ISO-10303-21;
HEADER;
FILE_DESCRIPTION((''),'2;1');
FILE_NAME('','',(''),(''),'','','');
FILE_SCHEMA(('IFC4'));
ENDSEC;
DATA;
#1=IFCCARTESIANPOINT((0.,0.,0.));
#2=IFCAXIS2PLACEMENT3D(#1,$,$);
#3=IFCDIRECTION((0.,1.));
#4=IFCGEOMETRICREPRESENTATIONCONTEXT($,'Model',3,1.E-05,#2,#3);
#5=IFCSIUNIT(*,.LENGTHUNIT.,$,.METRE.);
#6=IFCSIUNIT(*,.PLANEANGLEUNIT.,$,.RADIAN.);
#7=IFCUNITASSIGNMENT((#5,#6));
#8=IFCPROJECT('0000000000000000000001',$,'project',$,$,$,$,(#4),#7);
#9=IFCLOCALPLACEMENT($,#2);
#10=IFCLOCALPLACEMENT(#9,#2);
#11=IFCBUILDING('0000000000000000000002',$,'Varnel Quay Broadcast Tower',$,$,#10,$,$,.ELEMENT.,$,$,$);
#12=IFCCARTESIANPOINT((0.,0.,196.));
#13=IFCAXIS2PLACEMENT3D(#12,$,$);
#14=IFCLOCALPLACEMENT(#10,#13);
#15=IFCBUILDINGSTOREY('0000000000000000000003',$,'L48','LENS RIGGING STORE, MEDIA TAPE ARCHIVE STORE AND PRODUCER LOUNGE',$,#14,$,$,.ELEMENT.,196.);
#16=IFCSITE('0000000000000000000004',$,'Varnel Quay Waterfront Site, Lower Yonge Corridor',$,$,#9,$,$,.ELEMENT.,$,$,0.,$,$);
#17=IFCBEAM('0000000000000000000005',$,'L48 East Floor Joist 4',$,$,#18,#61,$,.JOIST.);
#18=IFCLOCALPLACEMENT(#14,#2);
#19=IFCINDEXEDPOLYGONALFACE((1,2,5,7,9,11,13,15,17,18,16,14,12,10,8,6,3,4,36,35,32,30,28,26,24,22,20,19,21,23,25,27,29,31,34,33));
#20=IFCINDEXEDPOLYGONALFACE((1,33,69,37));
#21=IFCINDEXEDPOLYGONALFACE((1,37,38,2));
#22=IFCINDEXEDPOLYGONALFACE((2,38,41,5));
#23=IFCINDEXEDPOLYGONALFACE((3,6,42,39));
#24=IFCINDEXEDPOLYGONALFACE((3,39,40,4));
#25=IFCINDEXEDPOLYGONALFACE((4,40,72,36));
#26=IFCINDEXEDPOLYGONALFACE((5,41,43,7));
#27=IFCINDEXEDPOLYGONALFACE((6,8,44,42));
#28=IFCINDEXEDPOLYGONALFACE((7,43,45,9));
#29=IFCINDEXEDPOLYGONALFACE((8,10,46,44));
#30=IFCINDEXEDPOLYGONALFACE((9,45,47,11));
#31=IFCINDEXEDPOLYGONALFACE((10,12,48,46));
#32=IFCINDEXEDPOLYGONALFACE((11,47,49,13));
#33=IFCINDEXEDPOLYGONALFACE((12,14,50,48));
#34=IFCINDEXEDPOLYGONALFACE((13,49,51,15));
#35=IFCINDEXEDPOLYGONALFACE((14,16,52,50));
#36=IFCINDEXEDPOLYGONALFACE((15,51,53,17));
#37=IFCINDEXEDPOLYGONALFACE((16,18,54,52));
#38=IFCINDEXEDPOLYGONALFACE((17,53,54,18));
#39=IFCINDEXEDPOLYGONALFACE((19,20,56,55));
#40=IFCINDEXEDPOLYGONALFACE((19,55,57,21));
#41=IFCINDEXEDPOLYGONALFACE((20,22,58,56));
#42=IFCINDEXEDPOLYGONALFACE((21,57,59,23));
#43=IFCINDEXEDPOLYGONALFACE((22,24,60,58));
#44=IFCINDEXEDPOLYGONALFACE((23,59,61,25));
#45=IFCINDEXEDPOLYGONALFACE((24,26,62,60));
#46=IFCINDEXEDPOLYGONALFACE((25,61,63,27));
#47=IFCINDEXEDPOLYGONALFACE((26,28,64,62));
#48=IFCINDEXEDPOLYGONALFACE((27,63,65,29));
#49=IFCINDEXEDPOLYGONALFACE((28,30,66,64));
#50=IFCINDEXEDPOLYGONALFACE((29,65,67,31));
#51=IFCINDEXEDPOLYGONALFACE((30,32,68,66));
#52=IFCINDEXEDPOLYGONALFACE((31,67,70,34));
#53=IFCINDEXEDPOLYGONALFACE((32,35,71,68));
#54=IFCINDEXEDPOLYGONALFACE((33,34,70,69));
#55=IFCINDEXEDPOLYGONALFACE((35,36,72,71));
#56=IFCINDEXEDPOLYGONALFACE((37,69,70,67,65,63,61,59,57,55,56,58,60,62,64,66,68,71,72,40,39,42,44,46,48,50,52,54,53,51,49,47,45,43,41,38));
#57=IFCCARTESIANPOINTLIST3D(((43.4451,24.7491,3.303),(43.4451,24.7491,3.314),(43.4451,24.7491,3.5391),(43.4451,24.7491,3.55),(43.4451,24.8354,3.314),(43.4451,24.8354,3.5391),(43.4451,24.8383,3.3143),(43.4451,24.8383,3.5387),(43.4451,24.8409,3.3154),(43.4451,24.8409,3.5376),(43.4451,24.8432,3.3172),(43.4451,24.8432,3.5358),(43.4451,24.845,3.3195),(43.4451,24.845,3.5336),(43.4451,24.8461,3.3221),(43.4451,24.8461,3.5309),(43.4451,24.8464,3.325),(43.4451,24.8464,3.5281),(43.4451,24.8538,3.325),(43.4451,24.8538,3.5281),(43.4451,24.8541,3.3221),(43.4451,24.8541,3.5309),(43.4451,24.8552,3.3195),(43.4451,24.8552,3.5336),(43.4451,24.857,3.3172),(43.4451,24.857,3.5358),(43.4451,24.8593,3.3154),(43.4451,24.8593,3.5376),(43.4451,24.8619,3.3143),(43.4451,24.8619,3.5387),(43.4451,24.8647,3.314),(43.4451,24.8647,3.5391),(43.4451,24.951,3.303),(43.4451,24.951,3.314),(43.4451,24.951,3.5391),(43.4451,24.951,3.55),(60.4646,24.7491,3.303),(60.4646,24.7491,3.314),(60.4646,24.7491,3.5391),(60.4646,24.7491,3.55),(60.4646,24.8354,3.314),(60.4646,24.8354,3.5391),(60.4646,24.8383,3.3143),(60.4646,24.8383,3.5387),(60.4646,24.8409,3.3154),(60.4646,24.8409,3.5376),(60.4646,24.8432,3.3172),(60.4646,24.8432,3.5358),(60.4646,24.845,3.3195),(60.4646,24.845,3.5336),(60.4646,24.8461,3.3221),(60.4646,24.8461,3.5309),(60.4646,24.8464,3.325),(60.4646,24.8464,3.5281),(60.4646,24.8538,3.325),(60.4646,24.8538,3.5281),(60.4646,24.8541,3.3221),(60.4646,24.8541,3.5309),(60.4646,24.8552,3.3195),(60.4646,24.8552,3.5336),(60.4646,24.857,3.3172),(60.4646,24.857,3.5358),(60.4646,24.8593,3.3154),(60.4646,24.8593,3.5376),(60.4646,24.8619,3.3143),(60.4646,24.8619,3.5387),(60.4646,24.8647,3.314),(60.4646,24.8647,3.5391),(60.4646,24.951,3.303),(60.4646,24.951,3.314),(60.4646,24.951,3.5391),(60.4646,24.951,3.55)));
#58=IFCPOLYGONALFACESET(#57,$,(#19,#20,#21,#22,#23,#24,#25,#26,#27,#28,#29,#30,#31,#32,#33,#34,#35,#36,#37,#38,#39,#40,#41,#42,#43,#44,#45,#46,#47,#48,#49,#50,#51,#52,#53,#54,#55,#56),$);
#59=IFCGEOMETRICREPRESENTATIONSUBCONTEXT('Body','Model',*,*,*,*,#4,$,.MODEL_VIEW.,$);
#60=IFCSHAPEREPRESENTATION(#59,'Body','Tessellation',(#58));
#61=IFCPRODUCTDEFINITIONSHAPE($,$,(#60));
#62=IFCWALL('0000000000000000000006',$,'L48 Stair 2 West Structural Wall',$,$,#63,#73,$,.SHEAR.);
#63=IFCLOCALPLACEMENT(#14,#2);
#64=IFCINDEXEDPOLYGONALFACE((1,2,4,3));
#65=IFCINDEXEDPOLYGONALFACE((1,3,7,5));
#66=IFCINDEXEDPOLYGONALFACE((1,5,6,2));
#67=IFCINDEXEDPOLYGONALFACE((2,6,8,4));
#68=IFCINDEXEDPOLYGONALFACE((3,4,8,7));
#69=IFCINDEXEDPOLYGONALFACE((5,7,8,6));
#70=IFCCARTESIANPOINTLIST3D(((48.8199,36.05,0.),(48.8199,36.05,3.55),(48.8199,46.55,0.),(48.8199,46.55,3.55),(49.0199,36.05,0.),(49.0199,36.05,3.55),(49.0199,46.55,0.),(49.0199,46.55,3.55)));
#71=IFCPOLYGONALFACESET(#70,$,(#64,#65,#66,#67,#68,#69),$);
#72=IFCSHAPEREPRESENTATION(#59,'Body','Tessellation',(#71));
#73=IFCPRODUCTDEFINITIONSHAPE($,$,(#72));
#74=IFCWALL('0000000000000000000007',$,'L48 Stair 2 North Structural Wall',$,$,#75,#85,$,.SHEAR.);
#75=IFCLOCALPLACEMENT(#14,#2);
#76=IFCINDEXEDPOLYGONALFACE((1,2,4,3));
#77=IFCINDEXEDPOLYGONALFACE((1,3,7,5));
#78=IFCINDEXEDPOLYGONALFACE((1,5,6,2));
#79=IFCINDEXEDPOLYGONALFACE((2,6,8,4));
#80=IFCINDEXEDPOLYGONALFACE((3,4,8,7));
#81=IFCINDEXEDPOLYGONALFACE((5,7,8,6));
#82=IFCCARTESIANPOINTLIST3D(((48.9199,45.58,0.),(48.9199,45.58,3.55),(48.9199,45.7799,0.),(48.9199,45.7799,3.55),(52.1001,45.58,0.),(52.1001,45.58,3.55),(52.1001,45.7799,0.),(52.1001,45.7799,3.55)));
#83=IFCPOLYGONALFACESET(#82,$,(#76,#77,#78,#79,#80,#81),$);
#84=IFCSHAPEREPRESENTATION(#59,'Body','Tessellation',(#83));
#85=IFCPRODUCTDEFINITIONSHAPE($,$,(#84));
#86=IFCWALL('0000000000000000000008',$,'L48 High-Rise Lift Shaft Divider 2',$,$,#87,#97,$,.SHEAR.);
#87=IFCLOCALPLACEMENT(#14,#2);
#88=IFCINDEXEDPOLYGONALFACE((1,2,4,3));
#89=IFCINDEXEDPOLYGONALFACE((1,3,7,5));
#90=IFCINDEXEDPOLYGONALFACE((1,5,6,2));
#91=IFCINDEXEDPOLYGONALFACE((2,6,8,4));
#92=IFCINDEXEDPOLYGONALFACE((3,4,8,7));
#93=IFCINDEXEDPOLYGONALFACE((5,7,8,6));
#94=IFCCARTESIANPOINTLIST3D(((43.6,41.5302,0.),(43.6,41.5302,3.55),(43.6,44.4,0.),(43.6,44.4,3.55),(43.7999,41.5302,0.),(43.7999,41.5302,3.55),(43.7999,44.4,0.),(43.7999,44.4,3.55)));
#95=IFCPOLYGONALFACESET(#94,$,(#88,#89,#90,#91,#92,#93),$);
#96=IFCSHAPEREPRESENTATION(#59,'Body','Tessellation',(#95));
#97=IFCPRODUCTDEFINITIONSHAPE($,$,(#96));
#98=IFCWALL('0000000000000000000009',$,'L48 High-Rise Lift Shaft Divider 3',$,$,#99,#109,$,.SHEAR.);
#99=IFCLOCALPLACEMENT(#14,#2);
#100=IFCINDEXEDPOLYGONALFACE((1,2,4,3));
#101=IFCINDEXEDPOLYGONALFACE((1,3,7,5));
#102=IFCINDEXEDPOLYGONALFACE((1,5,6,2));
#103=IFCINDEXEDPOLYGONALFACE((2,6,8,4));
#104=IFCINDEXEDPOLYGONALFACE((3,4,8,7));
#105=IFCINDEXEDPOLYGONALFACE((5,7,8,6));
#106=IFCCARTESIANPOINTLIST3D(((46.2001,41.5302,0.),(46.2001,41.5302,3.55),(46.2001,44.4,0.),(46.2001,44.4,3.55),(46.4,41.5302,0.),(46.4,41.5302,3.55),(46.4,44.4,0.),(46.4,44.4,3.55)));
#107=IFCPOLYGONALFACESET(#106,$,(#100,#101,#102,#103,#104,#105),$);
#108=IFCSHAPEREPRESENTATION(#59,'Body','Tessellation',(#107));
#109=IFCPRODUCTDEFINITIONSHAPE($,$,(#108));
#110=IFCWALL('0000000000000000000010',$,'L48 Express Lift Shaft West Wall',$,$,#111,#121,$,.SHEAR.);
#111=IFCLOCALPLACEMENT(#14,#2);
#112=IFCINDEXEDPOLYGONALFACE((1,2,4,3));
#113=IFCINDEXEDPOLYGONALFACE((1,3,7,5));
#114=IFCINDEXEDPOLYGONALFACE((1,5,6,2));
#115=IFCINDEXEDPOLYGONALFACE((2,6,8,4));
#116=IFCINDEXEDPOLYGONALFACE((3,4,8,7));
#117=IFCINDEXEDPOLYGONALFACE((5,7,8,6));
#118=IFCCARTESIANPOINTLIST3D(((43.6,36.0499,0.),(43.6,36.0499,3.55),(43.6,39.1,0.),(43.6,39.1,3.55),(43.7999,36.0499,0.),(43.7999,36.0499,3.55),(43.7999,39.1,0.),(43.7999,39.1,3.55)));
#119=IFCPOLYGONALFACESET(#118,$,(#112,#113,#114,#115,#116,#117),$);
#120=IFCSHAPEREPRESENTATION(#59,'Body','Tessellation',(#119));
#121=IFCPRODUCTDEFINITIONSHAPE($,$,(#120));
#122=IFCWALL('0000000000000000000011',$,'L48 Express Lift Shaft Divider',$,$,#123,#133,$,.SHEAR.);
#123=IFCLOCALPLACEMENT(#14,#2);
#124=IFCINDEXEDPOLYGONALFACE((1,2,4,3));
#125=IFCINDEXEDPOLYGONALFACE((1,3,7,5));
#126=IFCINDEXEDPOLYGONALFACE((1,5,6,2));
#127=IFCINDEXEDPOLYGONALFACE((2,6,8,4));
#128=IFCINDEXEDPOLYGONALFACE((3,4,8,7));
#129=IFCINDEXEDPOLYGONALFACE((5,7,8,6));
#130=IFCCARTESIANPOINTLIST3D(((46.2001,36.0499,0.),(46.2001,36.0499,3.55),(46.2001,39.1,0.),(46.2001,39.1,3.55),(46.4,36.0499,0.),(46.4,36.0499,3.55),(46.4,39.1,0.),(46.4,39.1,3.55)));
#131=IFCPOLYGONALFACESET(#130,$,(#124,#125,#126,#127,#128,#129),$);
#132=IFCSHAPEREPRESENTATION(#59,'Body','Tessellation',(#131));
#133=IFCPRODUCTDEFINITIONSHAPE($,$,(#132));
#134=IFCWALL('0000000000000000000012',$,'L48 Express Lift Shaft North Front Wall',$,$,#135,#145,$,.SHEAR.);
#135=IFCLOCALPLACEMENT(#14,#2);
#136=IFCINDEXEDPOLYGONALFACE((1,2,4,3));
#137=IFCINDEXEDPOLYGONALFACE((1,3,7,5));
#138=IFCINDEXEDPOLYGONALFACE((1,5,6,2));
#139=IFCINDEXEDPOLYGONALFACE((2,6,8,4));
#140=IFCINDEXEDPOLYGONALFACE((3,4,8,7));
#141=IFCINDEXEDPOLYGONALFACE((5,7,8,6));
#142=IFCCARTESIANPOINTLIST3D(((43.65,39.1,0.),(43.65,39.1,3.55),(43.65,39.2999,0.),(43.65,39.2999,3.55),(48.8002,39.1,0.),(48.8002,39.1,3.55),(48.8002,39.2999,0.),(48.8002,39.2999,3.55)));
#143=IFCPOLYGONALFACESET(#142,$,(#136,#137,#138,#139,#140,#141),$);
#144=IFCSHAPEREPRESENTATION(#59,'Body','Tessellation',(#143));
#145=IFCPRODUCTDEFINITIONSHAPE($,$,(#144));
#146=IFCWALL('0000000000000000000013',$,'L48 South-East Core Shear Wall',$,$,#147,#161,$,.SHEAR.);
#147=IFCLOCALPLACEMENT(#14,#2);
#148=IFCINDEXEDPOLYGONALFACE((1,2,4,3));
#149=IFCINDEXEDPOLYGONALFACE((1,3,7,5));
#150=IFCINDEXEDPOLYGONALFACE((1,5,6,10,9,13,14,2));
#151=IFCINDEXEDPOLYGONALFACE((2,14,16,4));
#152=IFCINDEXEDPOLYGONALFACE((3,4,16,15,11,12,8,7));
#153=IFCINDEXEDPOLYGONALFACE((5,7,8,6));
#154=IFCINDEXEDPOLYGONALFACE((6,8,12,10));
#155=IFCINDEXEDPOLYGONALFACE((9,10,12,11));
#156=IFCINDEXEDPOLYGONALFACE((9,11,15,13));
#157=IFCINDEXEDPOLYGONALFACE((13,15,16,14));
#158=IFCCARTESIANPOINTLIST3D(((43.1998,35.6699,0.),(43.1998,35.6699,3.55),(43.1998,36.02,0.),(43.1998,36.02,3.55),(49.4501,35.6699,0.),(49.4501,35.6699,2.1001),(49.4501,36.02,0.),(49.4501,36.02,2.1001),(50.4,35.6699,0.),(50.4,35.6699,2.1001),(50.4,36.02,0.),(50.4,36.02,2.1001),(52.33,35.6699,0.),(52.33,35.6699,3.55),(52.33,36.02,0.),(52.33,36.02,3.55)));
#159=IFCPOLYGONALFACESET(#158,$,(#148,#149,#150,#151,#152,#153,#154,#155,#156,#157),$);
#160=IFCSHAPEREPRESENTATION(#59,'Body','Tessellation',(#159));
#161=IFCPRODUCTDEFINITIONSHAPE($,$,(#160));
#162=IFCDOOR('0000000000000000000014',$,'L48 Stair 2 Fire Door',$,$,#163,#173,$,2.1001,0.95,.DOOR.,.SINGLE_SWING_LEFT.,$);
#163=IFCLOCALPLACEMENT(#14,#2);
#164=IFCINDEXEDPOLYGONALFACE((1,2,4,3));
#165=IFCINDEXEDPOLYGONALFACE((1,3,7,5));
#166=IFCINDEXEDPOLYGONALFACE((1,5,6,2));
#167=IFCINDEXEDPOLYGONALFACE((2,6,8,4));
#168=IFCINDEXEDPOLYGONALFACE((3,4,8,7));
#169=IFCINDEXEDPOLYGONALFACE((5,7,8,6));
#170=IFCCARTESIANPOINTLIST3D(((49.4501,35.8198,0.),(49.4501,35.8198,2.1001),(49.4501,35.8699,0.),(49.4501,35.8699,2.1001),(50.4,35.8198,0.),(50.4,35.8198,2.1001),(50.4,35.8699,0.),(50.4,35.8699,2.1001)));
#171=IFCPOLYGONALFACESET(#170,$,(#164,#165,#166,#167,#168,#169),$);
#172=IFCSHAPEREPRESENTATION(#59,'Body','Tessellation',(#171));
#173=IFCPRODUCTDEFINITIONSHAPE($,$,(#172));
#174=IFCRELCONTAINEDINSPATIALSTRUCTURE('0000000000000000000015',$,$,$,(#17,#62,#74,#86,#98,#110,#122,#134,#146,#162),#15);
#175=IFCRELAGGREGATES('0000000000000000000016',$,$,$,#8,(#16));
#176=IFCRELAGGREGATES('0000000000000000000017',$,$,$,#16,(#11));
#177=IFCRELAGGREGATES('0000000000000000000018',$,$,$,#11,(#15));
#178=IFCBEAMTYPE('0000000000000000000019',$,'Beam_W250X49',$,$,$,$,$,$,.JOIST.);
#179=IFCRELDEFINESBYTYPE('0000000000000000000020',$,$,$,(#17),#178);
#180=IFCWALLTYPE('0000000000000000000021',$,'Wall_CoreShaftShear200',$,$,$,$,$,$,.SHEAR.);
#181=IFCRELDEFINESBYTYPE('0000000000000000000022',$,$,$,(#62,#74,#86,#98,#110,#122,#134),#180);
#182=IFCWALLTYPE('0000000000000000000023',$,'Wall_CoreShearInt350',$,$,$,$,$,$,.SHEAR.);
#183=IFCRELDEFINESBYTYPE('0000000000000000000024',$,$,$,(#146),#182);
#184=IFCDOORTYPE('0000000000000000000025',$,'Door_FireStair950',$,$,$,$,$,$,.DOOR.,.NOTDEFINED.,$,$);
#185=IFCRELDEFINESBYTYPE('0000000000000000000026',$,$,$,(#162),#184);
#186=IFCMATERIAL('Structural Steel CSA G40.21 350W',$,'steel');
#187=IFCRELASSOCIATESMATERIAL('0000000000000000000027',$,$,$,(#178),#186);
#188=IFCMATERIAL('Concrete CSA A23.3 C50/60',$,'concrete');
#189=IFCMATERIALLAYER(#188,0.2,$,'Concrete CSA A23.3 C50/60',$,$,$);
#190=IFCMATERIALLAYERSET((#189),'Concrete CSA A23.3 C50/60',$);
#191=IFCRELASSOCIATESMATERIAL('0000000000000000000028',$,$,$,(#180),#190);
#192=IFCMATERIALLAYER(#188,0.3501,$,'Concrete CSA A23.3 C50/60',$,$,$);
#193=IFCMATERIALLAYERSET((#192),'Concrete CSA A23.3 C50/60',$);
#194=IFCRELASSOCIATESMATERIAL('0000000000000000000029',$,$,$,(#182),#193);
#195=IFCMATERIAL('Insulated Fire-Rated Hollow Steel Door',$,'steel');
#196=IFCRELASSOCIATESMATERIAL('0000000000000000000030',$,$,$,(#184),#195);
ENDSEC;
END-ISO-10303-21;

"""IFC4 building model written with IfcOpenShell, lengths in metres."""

from ifc_helpers import new_model, si_unit, direction, frame, frame_2d, origin, origin_2d, place, context, subcontext, project, spatial, rectangle, i_section, extrude, source, transform, mapped, material, layer, layer_set, material_profile, profile_set, type_object, type_shapes, element, fill, save


model = new_model("IFC4")

# Units and contexts
model_context = context("Model", 3, precision=1e-05, world=origin(), true_north=direction((0.0, 1.0)))
body_context = subcontext(model_context, "Body", "Model", "MODEL_VIEW")
ifc_project = project(units=[si_unit("LENGTHUNIT", "METRE"), si_unit("PLANEANGLEUNIT", "RADIAN")], contexts=[model_context])

# Site, building, storey
site_placement = place(None, origin())
site = spatial("IfcSite", under=ifc_project, at=site_placement, Name="Varnel Quay Waterfront Site, Lower Yonge Corridor", CompositionType="ELEMENT", RefElevation=0.0)
building_placement = place(site_placement, origin())
building = spatial("IfcBuilding", under=site, at=building_placement, Name="Varnel Quay Broadcast Tower", CompositionType="ELEMENT")
storey_placement = place(building_placement, frame((0.0, 0.0, 196.0)))
storey = spatial("IfcBuildingStorey", under=building, at=storey_placement, Name="L48", Description="LENS RIGGING STORE, MEDIA TAPE ARCHIVE STORE AND PRODUCER LOUNGE", CompositionType="ELEMENT", Elevation=196.0)

# Beam
ifc_material_1 = material(Name="Structural Steel CSA G40.21 350W", Category="steel")
ifc_material_profile_1 = material_profile(ifc_material_1, i_section(OverallWidth=0.2019, OverallDepth=0.2471, WebThickness=0.0073, FlangeThickness=0.011, FilletRadius=0.011, at=origin_2d()), Name="W250X49")
ifc_profile_set_1 = profile_set([ifc_material_profile_1], Name="Structural Steel CSA G40.21 350W")
beam_type_1 = type_object("IfcBeamType", Name="Beam_W250X49", PredefinedType="JOIST", material=ifc_profile_set_1)
shared_shape_1 = source(origin(), body_context, "Body", "SweptSolid", [
    extrude(i_section(OverallWidth=0.2019, OverallDepth=0.2471, WebThickness=0.0073, FlangeThickness=0.011, FilletRadius=0.011, at=origin_2d()), origin(), (0.0, 0.0, 1.0), 17.0195),
])
type_shapes(beam_type_1, [shared_shape_1])
beam_1_placement = place(storey_placement, frame((43.4451, 24.8501, 3.4265), z_axis=(1.0, 0.0, 0.0), x_axis=(0.0, 1.0, 0.0)))
element("IfcBeam", 1, at=beam_1_placement, inside=storey, type_object=beam_type_1, Name="L48 East Floor Joist 4", PredefinedType="JOIST", context=body_context, shape_type="MappedRepresentation", body=[
    mapped(shared_shape_1, transform((0.0, 0.0, 0.0), x_axis=(1.0, 0.0, 0.0), y_axis=(0.0, 1.0, 0.0), z_axis=(0.0, 0.0, 1.0), scale=1.0)),
])

# Walls
ifc_material_2 = material(Name="Concrete CSA A23.3 C50/60", Category="concrete")
ifc_layer_1 = layer(ifc_material_2, 0.2, Name="Concrete CSA A23.3 C50/60")
ifc_layer_set_1 = layer_set([ifc_layer_1], Name="Concrete CSA A23.3 C50/60")
wall_type_1 = type_object("IfcWallType", Name="Wall_CoreShaftShear200", PredefinedType="SHEAR", material=ifc_layer_set_1)
wall_1_placement = place(storey_placement, frame((48.9199, 36.05, 0.0), z_axis=(0.0, 0.0, 1.0), x_axis=(0.0, 1.0, 0.0)))
element("IfcWall", 2, at=wall_1_placement, inside=storey, type_object=wall_type_1, Name="L48 Stair 2 West Structural Wall", PredefinedType="SHEAR", context=body_context, shape_type="SweptSolid", body=[
    extrude(rectangle(XDim=10.5, YDim=0.2, at=frame_2d((5.25, 0.0))), origin(), (0.0, 0.0, 1.0), 3.55),
])
wall_2_placement = place(storey_placement, frame((48.9199, 45.6799, 0.0), z_axis=(0.0, 0.0, 1.0), x_axis=(1.0, 0.0, 0.0)))
element("IfcWall", 3, at=wall_2_placement, inside=storey, type_object=wall_type_1, Name="L48 Stair 2 North Structural Wall", PredefinedType="SHEAR", context=body_context, shape_type="SweptSolid", body=[
    extrude(rectangle(XDim=3.1802, YDim=0.2, at=frame_2d((1.5901, 0.0))), origin(), (0.0, 0.0, 1.0), 3.55),
])
for number, where, z_axis, x_axis, name in (
    (4, (43.7, 41.53, 0.0), (0.0, 0.0, 1.0), (0.0, 1.0, 0.0), "L48 High-Rise Lift Shaft Divider 2"),
    (5, (46.3, 41.53, 0.0), (0.0, 0.0, 1.0), (0.0, 1.0, 0.0), "L48 High-Rise Lift Shaft Divider 3"),
):
    element("IfcWall", number, at=place(storey_placement, frame(where, z_axis=z_axis, x_axis=x_axis)), inside=storey, type_object=wall_type_1, Name=name, PredefinedType="SHEAR", context=body_context, shape_type="SweptSolid", body=[
        extrude(rectangle(XDim=2.8699, YDim=0.2, at=frame_2d((1.4351, 0.0))), origin(), (0.0, 0.0, 1.0), 3.55),
    ])
for number, where, z_axis, x_axis, name in (
    (6, (43.7, 36.05, 0.0), (0.0, 0.0, 1.0), (0.0, 1.0, 0.0), "L48 Express Lift Shaft West Wall"),
    (7, (46.3, 36.05, 0.0), (0.0, 0.0, 1.0), (0.0, 1.0, 0.0), "L48 Express Lift Shaft Divider"),
):
    element("IfcWall", number, at=place(storey_placement, frame(where, z_axis=z_axis, x_axis=x_axis)), inside=storey, type_object=wall_type_1, Name=name, PredefinedType="SHEAR", context=body_context, shape_type="SweptSolid", body=[
        extrude(rectangle(XDim=3.05, YDim=0.2, at=frame_2d((1.5249, 0.0))), origin(), (0.0, 0.0, 1.0), 3.55),
    ])
wall_3_placement = place(storey_placement, frame((43.6499, 39.2, 0.0), z_axis=(0.0, 0.0, 1.0), x_axis=(1.0, 0.0, 0.0)))
element("IfcWall", 8, at=wall_3_placement, inside=storey, type_object=wall_type_1, Name="L48 Express Lift Shaft North Front Wall", PredefinedType="SHEAR", context=body_context, shape_type="SweptSolid", body=[
    extrude(rectangle(XDim=5.1501, YDim=0.2, at=frame_2d((2.5752, 0.0))), origin(), (0.0, 0.0, 1.0), 3.55),
])

# Wall, opening, door
ifc_layer_2 = layer(ifc_material_2, 0.3501, Name="Concrete CSA A23.3 C50/60")
ifc_layer_set_2 = layer_set([ifc_layer_2], Name="Concrete CSA A23.3 C50/60")
wall_type_2 = type_object("IfcWallType", Name="Wall_CoreShearInt350", PredefinedType="SHEAR", material=ifc_layer_set_2)
wall_4_placement = place(storey_placement, frame((43.2, 35.845, 0.0), z_axis=(0.0, 0.0, 1.0), x_axis=(1.0, 0.0, 0.0)))
wall_4 = element("IfcWall", 9, at=wall_4_placement, inside=storey, type_object=wall_type_2, Name="L48 South-East Core Shear Wall", PredefinedType="SHEAR", context=body_context, shape_type="SweptSolid", body=[
    extrude(rectangle(XDim=9.1301, YDim=0.3501, at=frame_2d((4.5649, 0.0))), origin(), (0.0, 0.0, 1.0), 3.55),
])
opening_1_placement = place(wall_4_placement, frame((6.25, 0.0, 0.0)))
opening_1 = element("IfcOpeningElement", 10, at=opening_1_placement, cuts=wall_4, PredefinedType="OPENING", context=body_context, shape_type="SweptSolid", body=[
    extrude(rectangle(XDim=0.95, YDim=2.1001, at=frame_2d((0.4751, 1.05))), frame((0.0, 0.1851, 0.0), z_axis=(0.0, -1.0, 0.0), x_axis=(1.0, 0.0, 0.0)), (0.0, 0.0, 1.0), 0.3701),
])
ifc_material_3 = material(Name="Insulated Fire-Rated Hollow Steel Door", Category="steel")
door_type_1 = type_object("IfcDoorType", Name="Door_FireStair950", OperationType="NOTDEFINED", PredefinedType="DOOR", material=ifc_material_3)
shared_shape_2 = source(origin(), body_context, "Body", "SweptSolid", [
    extrude(rectangle(XDim=0.95, YDim=2.1001, at=frame_2d((0.4751, 1.05))), frame((0.0, 0.0249, 0.0), z_axis=(0.0, -1.0, 0.0), x_axis=(1.0, 0.0, 0.0)), (0.0, 0.0, 1.0), 0.05),
])
type_shapes(door_type_1, [shared_shape_2])
door_1_placement = place(opening_1_placement, origin())
door_1 = element("IfcDoor", 11, at=door_1_placement, inside=storey, type_object=door_type_1, Name="L48 Stair 2 Fire Door", OperationType="SINGLE_SWING_LEFT", OverallHeight=2.1001, OverallWidth=0.95, PredefinedType="DOOR", context=body_context, shape_type="MappedRepresentation", body=[
    mapped(shared_shape_2, transform((0.0, 0.0, 0.0), x_axis=(1.0, 0.0, 0.0), y_axis=(0.0, 1.0, 0.0), z_axis=(0.0, 0.0, 1.0), scale=1.0)),
])
fill(opening_1, door_1)

save(model, "model.ifc")
